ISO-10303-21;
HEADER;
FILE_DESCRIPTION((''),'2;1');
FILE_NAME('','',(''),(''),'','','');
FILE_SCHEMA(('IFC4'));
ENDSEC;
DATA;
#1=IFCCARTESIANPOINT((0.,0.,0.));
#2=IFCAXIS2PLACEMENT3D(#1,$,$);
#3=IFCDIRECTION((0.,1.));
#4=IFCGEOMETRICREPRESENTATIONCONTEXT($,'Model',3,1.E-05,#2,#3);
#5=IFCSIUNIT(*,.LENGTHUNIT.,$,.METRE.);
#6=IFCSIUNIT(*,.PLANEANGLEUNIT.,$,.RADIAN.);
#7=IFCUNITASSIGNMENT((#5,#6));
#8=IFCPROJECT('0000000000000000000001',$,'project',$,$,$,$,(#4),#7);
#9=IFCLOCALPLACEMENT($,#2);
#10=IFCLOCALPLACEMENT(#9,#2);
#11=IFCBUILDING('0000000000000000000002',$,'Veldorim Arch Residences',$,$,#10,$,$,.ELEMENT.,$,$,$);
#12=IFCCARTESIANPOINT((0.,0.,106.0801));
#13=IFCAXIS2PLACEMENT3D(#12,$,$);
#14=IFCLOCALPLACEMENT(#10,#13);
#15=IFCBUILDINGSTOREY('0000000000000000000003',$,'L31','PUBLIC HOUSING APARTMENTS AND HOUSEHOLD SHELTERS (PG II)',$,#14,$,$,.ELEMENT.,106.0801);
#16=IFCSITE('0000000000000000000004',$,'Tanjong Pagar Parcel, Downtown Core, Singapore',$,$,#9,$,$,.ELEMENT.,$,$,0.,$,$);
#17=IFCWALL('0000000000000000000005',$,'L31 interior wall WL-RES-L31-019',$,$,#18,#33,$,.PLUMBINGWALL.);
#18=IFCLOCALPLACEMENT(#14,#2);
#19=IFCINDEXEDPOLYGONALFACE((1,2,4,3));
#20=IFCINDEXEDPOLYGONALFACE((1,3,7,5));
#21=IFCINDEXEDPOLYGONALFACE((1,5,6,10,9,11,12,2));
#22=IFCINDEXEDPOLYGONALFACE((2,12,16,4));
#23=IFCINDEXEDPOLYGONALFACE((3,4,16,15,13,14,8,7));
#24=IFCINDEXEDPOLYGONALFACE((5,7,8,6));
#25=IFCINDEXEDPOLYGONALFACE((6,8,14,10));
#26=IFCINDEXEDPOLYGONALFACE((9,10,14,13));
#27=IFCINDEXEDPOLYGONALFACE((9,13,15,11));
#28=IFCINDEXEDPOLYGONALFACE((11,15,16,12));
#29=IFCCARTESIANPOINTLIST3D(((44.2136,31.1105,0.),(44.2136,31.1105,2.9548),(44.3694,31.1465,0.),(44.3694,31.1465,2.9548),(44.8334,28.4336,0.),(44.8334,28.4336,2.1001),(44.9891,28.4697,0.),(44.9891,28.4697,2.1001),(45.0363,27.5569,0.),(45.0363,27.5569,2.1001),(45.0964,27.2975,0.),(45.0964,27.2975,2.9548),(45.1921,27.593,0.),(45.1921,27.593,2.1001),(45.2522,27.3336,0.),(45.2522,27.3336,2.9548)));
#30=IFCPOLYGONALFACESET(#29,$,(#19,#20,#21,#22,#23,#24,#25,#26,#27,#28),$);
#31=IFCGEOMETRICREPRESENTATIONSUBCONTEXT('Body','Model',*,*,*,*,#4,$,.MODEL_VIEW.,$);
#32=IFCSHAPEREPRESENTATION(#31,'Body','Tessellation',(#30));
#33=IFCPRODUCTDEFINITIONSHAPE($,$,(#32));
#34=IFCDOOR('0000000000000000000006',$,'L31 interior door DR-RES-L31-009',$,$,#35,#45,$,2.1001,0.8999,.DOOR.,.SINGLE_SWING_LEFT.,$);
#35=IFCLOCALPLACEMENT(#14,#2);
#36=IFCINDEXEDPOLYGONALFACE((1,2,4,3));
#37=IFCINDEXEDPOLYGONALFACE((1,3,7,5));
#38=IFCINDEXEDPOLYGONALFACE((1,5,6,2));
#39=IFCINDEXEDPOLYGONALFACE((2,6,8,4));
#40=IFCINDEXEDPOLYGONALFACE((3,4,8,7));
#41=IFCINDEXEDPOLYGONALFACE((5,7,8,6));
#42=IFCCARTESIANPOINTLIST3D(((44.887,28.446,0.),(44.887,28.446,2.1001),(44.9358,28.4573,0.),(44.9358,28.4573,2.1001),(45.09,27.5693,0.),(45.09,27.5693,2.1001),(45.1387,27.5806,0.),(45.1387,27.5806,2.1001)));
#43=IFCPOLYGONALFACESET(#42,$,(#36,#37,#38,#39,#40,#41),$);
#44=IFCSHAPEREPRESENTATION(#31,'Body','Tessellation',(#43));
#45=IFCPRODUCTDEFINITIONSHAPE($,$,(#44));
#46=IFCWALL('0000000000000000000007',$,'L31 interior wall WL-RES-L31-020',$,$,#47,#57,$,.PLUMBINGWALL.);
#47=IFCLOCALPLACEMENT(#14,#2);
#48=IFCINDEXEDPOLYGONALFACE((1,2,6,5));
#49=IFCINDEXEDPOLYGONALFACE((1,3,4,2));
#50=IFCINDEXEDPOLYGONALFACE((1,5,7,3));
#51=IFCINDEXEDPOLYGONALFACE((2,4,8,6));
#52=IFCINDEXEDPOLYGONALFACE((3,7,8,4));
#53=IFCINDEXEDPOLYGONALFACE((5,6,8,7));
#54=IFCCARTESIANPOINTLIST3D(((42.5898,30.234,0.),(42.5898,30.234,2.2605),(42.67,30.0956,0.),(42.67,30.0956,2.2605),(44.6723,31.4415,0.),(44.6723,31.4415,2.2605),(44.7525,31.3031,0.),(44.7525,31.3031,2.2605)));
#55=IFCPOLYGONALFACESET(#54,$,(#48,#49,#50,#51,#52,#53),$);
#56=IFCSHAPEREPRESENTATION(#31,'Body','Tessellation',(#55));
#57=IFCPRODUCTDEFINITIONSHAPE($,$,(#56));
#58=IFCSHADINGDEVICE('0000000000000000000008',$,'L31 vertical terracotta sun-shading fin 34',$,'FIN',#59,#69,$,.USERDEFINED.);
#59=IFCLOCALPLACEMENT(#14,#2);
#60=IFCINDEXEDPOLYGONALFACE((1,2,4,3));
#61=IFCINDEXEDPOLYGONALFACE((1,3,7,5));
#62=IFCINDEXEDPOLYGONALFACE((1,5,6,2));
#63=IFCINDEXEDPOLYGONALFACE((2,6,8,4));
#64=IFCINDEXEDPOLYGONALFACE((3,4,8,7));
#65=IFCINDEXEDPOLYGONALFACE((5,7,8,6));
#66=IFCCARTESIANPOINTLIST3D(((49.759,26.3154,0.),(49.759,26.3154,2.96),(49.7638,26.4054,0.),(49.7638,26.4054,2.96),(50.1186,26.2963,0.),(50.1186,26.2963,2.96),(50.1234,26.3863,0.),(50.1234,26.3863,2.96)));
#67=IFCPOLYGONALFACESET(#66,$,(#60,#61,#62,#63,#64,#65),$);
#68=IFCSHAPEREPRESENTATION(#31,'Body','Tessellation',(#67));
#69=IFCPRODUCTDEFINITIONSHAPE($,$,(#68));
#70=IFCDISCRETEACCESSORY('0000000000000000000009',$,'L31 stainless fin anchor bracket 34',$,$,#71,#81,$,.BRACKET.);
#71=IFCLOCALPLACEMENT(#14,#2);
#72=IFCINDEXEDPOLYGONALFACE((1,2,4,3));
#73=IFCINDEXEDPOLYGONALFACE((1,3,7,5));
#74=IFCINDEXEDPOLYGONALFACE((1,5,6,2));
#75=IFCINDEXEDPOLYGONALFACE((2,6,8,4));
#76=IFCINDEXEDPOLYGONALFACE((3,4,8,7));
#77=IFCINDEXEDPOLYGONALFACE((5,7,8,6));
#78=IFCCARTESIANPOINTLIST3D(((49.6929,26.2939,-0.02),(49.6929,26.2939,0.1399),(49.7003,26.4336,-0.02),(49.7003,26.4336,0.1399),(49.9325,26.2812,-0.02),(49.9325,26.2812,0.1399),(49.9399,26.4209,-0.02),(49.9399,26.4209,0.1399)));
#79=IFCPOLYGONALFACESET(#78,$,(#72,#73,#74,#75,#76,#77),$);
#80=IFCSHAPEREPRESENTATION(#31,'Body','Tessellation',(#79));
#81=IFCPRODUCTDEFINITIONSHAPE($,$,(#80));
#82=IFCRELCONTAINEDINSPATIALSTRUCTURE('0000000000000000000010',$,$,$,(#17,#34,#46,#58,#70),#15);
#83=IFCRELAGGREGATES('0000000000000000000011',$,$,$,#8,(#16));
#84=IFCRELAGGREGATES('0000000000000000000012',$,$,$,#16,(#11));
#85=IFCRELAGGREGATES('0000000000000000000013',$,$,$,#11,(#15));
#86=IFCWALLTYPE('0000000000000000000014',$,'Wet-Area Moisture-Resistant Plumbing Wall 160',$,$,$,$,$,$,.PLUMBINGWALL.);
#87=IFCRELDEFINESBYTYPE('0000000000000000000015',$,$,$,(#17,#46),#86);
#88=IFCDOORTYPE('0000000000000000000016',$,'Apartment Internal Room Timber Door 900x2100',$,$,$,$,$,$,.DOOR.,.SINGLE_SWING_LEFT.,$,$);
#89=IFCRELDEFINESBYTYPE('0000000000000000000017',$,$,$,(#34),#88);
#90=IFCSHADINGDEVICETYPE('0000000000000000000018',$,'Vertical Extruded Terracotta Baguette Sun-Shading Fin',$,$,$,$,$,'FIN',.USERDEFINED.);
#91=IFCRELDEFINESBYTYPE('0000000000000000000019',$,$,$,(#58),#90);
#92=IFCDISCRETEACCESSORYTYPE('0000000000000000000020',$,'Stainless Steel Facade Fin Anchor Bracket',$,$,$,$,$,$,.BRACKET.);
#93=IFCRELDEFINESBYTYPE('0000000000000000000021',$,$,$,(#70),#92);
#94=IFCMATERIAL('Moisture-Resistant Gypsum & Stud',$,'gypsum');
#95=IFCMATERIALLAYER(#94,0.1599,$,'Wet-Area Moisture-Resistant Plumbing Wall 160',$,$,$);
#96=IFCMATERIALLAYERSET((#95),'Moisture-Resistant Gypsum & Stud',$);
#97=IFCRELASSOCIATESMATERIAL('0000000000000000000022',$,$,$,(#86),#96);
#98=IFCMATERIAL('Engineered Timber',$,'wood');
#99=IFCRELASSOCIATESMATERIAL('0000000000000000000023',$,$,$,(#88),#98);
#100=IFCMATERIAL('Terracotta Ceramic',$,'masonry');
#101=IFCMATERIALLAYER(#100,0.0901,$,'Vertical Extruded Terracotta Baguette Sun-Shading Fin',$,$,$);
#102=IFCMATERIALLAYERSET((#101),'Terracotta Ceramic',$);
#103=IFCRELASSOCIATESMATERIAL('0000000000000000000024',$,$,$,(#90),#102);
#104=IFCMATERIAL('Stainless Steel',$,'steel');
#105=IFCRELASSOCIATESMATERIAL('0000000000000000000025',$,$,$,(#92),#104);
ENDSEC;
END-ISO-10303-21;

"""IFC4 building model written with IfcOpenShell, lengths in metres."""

from ifc_helpers import new_model, si_unit, direction, frame, frame_2d, origin, origin_2d, place, context, subcontext, project, spatial, rectangle, extrude, material, layer, layer_set, type_object, element, fill, save


model = new_model("IFC4")

# Units and contexts
model_context = context("Model", 3, precision=1e-05, world=origin(), true_north=direction((0.0, 1.0)))
body_context = subcontext(model_context, "Body", "Model", "MODEL_VIEW")
ifc_project = project(units=[si_unit("LENGTHUNIT", "METRE"), si_unit("PLANEANGLEUNIT", "RADIAN")], contexts=[model_context])

# Site, building, storey
site_placement = place(None, origin())
site = spatial("IfcSite", under=ifc_project, at=site_placement, Name="Tanjong Pagar Parcel, Downtown Core, Singapore", CompositionType="ELEMENT", RefElevation=0.0)
building_placement = place(site_placement, origin())
building = spatial("IfcBuilding", under=site, at=building_placement, Name="Veldorim Arch Residences", CompositionType="ELEMENT")
storey_placement = place(building_placement, frame((0.0, 0.0, 106.0801)))
storey = spatial("IfcBuildingStorey", under=building, at=storey_placement, Name="L31", Description="PUBLIC HOUSING APARTMENTS AND HOUSEHOLD SHELTERS (PG II)", CompositionType="ELEMENT", Elevation=106.0801)

# Shared definitions
ifc_material_1 = material(Name="Moisture-Resistant Gypsum & Stud", Category="gypsum")
ifc_layer_1 = layer(ifc_material_1, 0.1599, Name="Wet-Area Moisture-Resistant Plumbing Wall 160")
ifc_layer_set_1 = layer_set([ifc_layer_1], Name="Moisture-Resistant Gypsum & Stud")
wall_type_1 = type_object("IfcWallType", Name="Wet-Area Moisture-Resistant Plumbing Wall 160", PredefinedType="PLUMBINGWALL", material=ifc_layer_set_1)

# Wall, opening, door
wall_1_placement = place(storey_placement, frame((45.1743, 27.3154, 0.0), z_axis=(0.0, 0.0, 1.0), x_axis=(-0.225561, 0.974229, 0.0)))
wall_1 = element("IfcWall", 1, at=wall_1_placement, inside=storey, type_object=wall_type_1, Name="L31 interior wall WL-RES-L31-019", PredefinedType="PLUMBINGWALL", context=body_context, shape_type="SweptSolid", body=[
    extrude(rectangle(XDim=3.9138, YDim=0.1599, at=frame_2d((1.957, 0.0))), origin(), (0.0, 0.0, 1.0), 2.9548),
])
opening_1_placement = place(wall_1_placement, frame((0.2664, 0.0, 0.0)))
opening_1 = element("IfcOpeningElement", 2, at=opening_1_placement, cuts=wall_1, PredefinedType="OPENING", context=body_context, shape_type="SweptSolid", body=[
    extrude(rectangle(XDim=0.8999, YDim=2.1001, at=frame_2d((0.45, 1.05))), frame((0.0, 0.0898, 0.0), z_axis=(0.0, -1.0, 0.0), x_axis=(1.0, 0.0, 0.0)), (0.0, 0.0, 1.0), 0.1799),
])
ifc_material_2 = material(Name="Engineered Timber", Category="wood")
door_type_1 = type_object("IfcDoorType", Name="Apartment Internal Room Timber Door 900x2100", OperationType="SINGLE_SWING_LEFT", PredefinedType="DOOR", material=ifc_material_2)
door_1_placement = place(opening_1_placement, origin())
door_1 = element("IfcDoor", 3, at=door_1_placement, inside=storey, type_object=door_type_1, Name="L31 interior door DR-RES-L31-009", OperationType="SINGLE_SWING_LEFT", OverallHeight=2.1001, OverallWidth=0.8999, PredefinedType="DOOR", context=body_context, shape_type="SweptSolid", body=[
    extrude(rectangle(XDim=0.8999, YDim=2.1001, at=frame_2d((0.45, 1.05))), frame((0.0, 0.0249, 0.0), z_axis=(0.0, -1.0, 0.0), x_axis=(1.0, 0.0, 0.0)), (0.0, 0.0, 1.0), 0.05),
])
fill(opening_1, door_1)

# Wall
wall_2_placement = place(storey_placement, frame((42.6299, 30.1648, 0.0), z_axis=(0.0, 0.0, 1.0), x_axis=(0.865093, 0.501612, 0.0)))
element("IfcWall", 4, at=wall_2_placement, inside=storey, type_object=wall_type_1, Name="L31 interior wall WL-RES-L31-020", PredefinedType="PLUMBINGWALL", context=body_context, shape_type="SweptSolid", body=[
    extrude(rectangle(XDim=2.4072, YDim=0.1599, at=frame_2d((1.2036, 0.0))), origin(), (0.0, 0.0, 1.0), 2.2605),
])

# Shading device
ifc_material_3 = material(Name="Terracotta Ceramic", Category="masonry")
ifc_layer_2 = layer(ifc_material_3, 0.0901, Name="Vertical Extruded Terracotta Baguette Sun-Shading Fin")
ifc_layer_set_2 = layer_set([ifc_layer_2], Name="Terracotta Ceramic")
shading_device_type = type_object("IfcShadingDeviceType", Name="Vertical Extruded Terracotta Baguette Sun-Shading Fin", ElementType="FIN", PredefinedType="USERDEFINED", material=ifc_layer_set_2)
shading_device_placement = place(storey_placement, frame((49.9412, 26.3508, 0.0), z_axis=(0.0, 0.0, 1.0), x_axis=(-0.053033, -0.998593, 0.0)))
element("IfcShadingDevice", 5, at=shading_device_placement, inside=storey, type_object=shading_device_type, Name="L31 vertical terracotta sun-shading fin 34", ObjectType="FIN", PredefinedType="USERDEFINED", context=body_context, shape_type="SweptSolid", body=[
    extrude(rectangle(XDim=0.0901, YDim=0.3601, at=origin_2d()), origin(), (0.0, 0.0, 1.0), 2.96),
])

# Discrete accessory
ifc_material_4 = material(Name="Stainless Steel", Category="steel")
discrete_accessory_type = type_object("IfcDiscreteAccessoryType", Name="Stainless Steel Facade Fin Anchor Bracket", PredefinedType="BRACKET", material=ifc_material_4)
discrete_accessory_placement = place(storey_placement, frame((49.8164, 26.3574, -0.02), z_axis=(0.0, 0.0, 1.0), x_axis=(-0.053033, -0.998593, 0.0)))
element("IfcDiscreteAccessory", 6, at=discrete_accessory_placement, inside=storey, type_object=discrete_accessory_type, Name="L31 stainless fin anchor bracket 34", PredefinedType="BRACKET", context=body_context, shape_type="SweptSolid", body=[
    extrude(rectangle(XDim=0.1399, YDim=0.24, at=origin_2d()), origin(), (0.0, 0.0, 1.0), 0.1599),
])

save(model, "model.ifc")
